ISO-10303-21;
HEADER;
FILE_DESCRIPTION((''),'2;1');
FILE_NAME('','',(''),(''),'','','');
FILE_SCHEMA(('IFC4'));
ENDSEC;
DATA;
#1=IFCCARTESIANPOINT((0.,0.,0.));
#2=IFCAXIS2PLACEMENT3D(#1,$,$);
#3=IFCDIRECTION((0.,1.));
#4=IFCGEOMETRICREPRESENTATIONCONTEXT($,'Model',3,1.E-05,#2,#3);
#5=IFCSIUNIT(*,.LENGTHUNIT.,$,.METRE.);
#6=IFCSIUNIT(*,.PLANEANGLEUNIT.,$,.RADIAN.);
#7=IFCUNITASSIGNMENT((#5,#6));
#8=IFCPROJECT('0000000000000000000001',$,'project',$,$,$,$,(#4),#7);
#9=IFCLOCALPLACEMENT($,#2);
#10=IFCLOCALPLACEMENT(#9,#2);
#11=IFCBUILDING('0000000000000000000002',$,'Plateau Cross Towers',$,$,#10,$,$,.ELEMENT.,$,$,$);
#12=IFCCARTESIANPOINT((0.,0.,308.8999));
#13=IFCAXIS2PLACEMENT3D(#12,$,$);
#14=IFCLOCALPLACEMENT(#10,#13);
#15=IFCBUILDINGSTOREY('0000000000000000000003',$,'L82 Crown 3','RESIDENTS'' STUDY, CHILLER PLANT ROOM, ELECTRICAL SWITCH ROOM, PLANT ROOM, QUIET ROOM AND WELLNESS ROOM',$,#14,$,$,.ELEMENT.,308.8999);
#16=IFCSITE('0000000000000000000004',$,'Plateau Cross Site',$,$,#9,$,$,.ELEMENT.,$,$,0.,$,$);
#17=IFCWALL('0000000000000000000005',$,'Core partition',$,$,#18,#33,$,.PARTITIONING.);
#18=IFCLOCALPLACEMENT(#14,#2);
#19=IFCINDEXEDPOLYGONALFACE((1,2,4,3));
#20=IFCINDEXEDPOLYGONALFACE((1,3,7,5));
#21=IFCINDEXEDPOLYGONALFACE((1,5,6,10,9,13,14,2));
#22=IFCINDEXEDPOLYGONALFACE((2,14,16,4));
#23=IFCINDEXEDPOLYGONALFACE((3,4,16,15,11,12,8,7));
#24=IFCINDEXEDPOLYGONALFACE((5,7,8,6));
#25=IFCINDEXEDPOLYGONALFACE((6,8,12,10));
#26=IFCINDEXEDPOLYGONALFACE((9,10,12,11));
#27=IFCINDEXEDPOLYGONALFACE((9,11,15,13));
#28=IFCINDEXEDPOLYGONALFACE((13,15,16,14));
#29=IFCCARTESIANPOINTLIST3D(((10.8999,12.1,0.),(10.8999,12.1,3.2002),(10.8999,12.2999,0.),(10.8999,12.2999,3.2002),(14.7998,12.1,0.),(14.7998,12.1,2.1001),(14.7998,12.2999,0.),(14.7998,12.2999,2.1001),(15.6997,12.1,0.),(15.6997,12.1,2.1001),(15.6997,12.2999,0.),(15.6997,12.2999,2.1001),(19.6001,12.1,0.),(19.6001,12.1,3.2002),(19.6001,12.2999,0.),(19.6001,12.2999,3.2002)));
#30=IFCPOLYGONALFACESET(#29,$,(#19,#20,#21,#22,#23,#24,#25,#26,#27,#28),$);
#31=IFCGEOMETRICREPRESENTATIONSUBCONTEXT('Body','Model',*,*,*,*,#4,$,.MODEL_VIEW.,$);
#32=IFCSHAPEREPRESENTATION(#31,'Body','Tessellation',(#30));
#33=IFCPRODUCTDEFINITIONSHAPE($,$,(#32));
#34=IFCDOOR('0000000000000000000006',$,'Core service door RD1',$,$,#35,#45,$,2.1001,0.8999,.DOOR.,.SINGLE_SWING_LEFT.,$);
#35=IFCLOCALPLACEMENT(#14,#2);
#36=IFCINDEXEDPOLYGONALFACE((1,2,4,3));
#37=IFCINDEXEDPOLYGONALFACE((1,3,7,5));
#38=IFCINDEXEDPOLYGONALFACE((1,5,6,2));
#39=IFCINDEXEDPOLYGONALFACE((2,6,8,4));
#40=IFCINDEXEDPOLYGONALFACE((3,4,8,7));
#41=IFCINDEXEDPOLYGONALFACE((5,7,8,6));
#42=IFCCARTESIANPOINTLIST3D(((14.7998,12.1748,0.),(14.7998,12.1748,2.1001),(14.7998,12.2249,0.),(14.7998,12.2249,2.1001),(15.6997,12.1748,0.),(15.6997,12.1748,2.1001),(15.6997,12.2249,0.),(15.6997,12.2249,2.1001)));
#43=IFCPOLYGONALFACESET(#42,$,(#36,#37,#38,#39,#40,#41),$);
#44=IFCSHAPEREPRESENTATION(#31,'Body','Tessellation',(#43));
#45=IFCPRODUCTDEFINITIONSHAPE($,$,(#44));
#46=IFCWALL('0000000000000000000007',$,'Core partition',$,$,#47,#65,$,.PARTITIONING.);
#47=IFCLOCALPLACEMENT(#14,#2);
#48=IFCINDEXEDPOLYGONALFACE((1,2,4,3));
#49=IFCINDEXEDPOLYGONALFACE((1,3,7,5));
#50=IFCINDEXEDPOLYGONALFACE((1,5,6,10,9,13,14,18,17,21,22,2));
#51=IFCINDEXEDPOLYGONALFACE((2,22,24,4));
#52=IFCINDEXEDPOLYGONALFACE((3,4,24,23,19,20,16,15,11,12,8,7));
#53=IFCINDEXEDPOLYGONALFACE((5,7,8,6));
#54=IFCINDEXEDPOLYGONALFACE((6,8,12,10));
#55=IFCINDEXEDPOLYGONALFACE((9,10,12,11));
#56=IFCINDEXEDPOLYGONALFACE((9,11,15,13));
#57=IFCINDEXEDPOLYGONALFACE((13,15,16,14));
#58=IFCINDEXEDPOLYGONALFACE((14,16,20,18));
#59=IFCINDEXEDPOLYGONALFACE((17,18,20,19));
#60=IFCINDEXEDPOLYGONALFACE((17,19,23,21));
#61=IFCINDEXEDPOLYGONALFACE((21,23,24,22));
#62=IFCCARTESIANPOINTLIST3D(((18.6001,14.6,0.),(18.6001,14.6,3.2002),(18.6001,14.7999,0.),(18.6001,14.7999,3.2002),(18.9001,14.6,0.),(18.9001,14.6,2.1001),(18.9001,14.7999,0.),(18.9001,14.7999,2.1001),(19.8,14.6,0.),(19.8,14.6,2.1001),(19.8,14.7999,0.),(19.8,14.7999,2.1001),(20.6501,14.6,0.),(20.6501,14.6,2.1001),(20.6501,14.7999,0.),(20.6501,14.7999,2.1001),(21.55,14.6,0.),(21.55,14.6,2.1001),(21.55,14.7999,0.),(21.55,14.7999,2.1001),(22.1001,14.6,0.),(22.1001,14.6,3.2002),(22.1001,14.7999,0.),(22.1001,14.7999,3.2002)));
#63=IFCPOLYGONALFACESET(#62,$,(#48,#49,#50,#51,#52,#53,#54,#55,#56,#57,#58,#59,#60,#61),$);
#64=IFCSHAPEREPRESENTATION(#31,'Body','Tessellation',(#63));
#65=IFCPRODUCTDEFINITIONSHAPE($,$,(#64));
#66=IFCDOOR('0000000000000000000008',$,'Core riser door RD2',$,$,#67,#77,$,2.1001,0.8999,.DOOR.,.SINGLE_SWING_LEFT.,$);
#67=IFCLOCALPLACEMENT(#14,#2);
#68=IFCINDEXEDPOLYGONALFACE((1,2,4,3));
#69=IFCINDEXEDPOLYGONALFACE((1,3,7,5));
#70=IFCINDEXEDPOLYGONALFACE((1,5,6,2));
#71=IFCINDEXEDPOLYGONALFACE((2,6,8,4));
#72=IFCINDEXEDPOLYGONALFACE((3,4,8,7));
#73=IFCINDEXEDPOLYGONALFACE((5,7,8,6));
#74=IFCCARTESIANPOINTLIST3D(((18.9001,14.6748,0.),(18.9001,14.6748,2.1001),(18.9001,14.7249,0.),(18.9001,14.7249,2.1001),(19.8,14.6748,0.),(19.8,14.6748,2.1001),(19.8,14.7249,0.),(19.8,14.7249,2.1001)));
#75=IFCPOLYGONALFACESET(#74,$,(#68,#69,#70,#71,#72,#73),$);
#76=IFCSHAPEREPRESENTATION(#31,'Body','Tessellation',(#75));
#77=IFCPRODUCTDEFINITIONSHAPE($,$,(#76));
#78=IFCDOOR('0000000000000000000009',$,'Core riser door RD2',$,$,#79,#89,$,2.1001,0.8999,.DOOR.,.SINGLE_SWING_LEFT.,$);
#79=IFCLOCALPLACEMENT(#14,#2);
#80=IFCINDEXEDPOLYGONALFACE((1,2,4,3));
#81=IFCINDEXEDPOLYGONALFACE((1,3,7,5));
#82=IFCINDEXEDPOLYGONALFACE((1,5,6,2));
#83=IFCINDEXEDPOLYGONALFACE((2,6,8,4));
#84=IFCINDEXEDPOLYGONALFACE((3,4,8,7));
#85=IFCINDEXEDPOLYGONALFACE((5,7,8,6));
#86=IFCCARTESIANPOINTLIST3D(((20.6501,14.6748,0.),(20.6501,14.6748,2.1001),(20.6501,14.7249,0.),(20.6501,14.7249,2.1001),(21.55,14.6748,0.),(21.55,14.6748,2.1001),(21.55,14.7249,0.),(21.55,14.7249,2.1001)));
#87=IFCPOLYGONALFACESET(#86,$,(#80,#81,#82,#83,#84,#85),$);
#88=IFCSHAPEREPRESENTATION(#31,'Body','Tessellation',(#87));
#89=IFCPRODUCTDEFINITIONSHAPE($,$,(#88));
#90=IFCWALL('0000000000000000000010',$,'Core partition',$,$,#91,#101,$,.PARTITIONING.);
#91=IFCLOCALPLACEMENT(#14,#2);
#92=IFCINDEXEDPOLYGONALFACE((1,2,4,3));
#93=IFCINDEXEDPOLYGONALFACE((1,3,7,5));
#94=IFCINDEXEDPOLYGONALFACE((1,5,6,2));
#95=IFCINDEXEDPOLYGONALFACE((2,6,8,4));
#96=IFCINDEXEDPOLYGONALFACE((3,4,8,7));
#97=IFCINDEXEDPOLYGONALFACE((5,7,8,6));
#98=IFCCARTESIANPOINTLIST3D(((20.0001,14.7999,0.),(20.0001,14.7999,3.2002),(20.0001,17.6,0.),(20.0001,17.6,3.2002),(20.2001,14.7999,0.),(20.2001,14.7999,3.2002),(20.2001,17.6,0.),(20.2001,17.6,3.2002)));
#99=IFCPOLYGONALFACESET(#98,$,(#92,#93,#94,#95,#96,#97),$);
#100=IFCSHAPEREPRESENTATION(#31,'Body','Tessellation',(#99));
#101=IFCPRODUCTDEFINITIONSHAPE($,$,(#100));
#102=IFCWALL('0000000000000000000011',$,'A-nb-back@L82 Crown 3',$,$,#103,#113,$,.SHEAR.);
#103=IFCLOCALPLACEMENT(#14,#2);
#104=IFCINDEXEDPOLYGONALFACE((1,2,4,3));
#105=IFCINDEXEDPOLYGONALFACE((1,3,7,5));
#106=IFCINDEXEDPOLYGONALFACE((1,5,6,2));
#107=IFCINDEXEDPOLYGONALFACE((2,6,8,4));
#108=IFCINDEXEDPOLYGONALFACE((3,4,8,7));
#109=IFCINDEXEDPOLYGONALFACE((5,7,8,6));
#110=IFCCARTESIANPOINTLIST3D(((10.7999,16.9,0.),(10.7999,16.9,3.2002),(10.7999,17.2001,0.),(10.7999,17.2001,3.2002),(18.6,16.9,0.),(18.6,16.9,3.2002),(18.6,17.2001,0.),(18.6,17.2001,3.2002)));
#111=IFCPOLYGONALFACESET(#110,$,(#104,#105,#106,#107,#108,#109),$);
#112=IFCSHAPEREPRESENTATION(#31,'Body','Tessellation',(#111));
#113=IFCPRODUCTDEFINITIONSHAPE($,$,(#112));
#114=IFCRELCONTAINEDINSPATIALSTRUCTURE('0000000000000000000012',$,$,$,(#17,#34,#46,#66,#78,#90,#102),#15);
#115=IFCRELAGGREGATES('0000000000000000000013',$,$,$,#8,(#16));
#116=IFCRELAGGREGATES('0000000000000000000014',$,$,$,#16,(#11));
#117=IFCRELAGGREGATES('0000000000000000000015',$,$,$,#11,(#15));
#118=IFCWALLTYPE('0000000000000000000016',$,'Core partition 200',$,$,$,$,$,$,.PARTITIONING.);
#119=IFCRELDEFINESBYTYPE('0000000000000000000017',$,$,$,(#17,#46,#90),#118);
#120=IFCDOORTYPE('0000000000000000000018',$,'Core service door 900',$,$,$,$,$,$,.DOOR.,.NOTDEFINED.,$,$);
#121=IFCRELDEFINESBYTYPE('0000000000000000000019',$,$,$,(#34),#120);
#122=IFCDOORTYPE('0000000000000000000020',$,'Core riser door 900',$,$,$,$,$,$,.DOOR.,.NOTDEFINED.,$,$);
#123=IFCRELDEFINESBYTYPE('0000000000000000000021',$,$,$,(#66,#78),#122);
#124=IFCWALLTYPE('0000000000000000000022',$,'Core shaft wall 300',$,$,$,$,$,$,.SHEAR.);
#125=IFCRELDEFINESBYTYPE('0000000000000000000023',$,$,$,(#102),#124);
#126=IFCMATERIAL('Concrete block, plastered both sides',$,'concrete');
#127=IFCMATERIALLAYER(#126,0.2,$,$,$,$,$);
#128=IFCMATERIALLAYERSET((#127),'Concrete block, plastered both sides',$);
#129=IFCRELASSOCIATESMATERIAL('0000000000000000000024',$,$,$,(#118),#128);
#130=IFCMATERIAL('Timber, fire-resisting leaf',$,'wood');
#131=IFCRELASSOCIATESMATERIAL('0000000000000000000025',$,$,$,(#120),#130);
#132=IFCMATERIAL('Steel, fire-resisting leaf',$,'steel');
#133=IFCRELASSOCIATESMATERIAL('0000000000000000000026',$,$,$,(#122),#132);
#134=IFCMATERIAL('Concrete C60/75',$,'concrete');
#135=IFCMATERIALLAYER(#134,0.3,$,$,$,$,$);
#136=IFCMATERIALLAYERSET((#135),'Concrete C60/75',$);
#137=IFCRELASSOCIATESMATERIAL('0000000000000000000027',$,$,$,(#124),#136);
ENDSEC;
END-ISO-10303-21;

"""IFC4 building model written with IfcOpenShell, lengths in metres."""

from ifc_helpers import new_model, si_unit, direction, frame, frame_2d, origin, place, context, subcontext, project, spatial, rectangle, extrude, material, layer, layer_set, type_object, element, fill, save


model = new_model("IFC4")

# Units and contexts
model_context = context("Model", 3, precision=1e-05, world=origin(), true_north=direction((0.0, 1.0)))
body_context = subcontext(model_context, "Body", "Model", "MODEL_VIEW")
ifc_project = project(units=[si_unit("LENGTHUNIT", "METRE"), si_unit("PLANEANGLEUNIT", "RADIAN")], contexts=[model_context])

# Site, building, storey
site_placement = place(None, origin())
site = spatial("IfcSite", under=ifc_project, at=site_placement, Name="Plateau Cross Site", CompositionType="ELEMENT", RefElevation=0.0)
building_placement = place(site_placement, origin())
building = spatial("IfcBuilding", under=site, at=building_placement, Name="Plateau Cross Towers", CompositionType="ELEMENT")
storey_placement = place(building_placement, frame((0.0, 0.0, 308.8999)))
storey = spatial("IfcBuildingStorey", under=building, at=storey_placement, Name="L82 Crown 3", Description="RESIDENTS' STUDY, CHILLER PLANT ROOM, ELECTRICAL SWITCH ROOM, PLANT ROOM, QUIET ROOM AND WELLNESS ROOM", CompositionType="ELEMENT", Elevation=308.8999)

# Shared definitions
ifc_material_1 = material(Name="Concrete C60/75", Category="concrete")

# Wall, opening, door
ifc_material_2 = material(Name="Concrete block, plastered both sides", Category="concrete")
ifc_layer_1 = layer(ifc_material_2, 0.2)
ifc_layer_set_1 = layer_set([ifc_layer_1], Name="Concrete block, plastered both sides")
wall_type_1 = type_object("IfcWallType", Name="Core partition 200", PredefinedType="PARTITIONING", material=ifc_layer_set_1)
wall_1_placement = place(storey_placement, frame((10.8999, 12.2, 0.0), z_axis=(0.0, 0.0, 1.0), x_axis=(1.0, 0.0, 0.0)))
wall_1 = element("IfcWall", 1, at=wall_1_placement, inside=storey, type_object=wall_type_1, Name="Core partition", PredefinedType="PARTITIONING", context=body_context, shape_type="SweptSolid", body=[
    extrude(rectangle(XDim=8.7002, YDim=0.2, at=frame_2d((4.3501, 0.0))), origin(), (0.0, 0.0, 1.0), 3.2002),
])
opening_1_placement = place(wall_1_placement, frame((3.8999, 0.0, 0.0)))
opening_1 = element("IfcOpeningElement", 2, at=opening_1_placement, cuts=wall_1, PredefinedType="OPENING", context=body_context, shape_type="SweptSolid", body=[
    extrude(rectangle(XDim=0.8999, YDim=2.1001, at=frame_2d((0.45, 1.05))), frame((0.0, 0.1099, 0.0), z_axis=(0.0, -1.0, 0.0), x_axis=(1.0, 0.0, 0.0)), (0.0, 0.0, 1.0), 0.22),
])
ifc_material_3 = material(Name="Timber, fire-resisting leaf", Category="wood")
door_type_1 = type_object("IfcDoorType", Name="Core service door 900", OperationType="NOTDEFINED", PredefinedType="DOOR", material=ifc_material_3)
door_1_placement = place(opening_1_placement, origin())
door_1 = element("IfcDoor", 3, at=door_1_placement, inside=storey, type_object=door_type_1, Name="Core service door RD1", OperationType="SINGLE_SWING_LEFT", OverallHeight=2.1001, OverallWidth=0.8999, PredefinedType="DOOR", context=body_context, shape_type="SweptSolid", body=[
    extrude(rectangle(XDim=0.8999, YDim=2.1001, at=frame_2d((0.45, 1.05))), frame((0.0, 0.0249, 0.0), z_axis=(0.0, -1.0, 0.0), x_axis=(1.0, 0.0, 0.0)), (0.0, 0.0, 1.0), 0.05),
])
fill(opening_1, door_1)

# Wall, openings, doors
wall_2_placement = place(storey_placement, frame((18.6001, 14.7, 0.0), z_axis=(0.0, 0.0, 1.0), x_axis=(1.0, 0.0, 0.0)))
wall_2 = element("IfcWall", 4, at=wall_2_placement, inside=storey, type_object=wall_type_1, Name="Core partition", PredefinedType="PARTITIONING", context=body_context, shape_type="SweptSolid", body=[
    extrude(rectangle(XDim=3.5, YDim=0.2, at=frame_2d((1.75, 0.0))), origin(), (0.0, 0.0, 1.0), 3.2002),
])
opening_2_placement = place(wall_2_placement, frame((0.3, 0.0, 0.0)))
opening_2 = element("IfcOpeningElement", 5, at=opening_2_placement, cuts=wall_2, PredefinedType="OPENING", context=body_context, shape_type="SweptSolid", body=[
    extrude(rectangle(XDim=0.8999, YDim=2.1001, at=frame_2d((0.45, 1.05))), frame((0.0, 0.1099, 0.0), z_axis=(0.0, -1.0, 0.0), x_axis=(1.0, 0.0, 0.0)), (0.0, 0.0, 1.0), 0.22),
])
opening_3_placement = place(wall_2_placement, frame((2.05, 0.0, 0.0)))
opening_3 = element("IfcOpeningElement", 6, at=opening_3_placement, cuts=wall_2, PredefinedType="OPENING", context=body_context, shape_type="SweptSolid", body=[
    extrude(rectangle(XDim=0.8999, YDim=2.1001, at=frame_2d((0.45, 1.05))), frame((0.0, 0.1099, 0.0), z_axis=(0.0, -1.0, 0.0), x_axis=(1.0, 0.0, 0.0)), (0.0, 0.0, 1.0), 0.22),
])
ifc_material_4 = material(Name="Steel, fire-resisting leaf", Category="steel")
door_type_2 = type_object("IfcDoorType", Name="Core riser door 900", OperationType="NOTDEFINED", PredefinedType="DOOR", material=ifc_material_4)
door_2_placement = place(opening_2_placement, origin())
door_2 = element("IfcDoor", 7, at=door_2_placement, inside=storey, type_object=door_type_2, Name="Core riser door RD2", OperationType="SINGLE_SWING_LEFT", OverallHeight=2.1001, OverallWidth=0.8999, PredefinedType="DOOR", context=body_context, shape_type="SweptSolid", body=[
    extrude(rectangle(XDim=0.8999, YDim=2.1001, at=frame_2d((0.45, 1.05))), frame((0.0, 0.0249, 0.0), z_axis=(0.0, -1.0, 0.0), x_axis=(1.0, 0.0, 0.0)), (0.0, 0.0, 1.0), 0.05),
])
fill(opening_2, door_2)
door_3_placement = place(opening_3_placement, origin())
door_3 = element("IfcDoor", 8, at=door_3_placement, inside=storey, type_object=door_type_2, Name="Core riser door RD2", OperationType="SINGLE_SWING_LEFT", OverallHeight=2.1001, OverallWidth=0.8999, PredefinedType="DOOR", context=body_context, shape_type="SweptSolid", body=[
    extrude(rectangle(XDim=0.8999, YDim=2.1001, at=frame_2d((0.45, 1.05))), frame((0.0, 0.0249, 0.0), z_axis=(0.0, -1.0, 0.0), x_axis=(1.0, 0.0, 0.0)), (0.0, 0.0, 1.0), 0.05),
])
fill(opening_3, door_3)

# Walls
wall_3_placement = place(storey_placement, frame((20.1001, 14.8, 0.0), z_axis=(0.0, 0.0, 1.0), x_axis=(0.0, 1.0, 0.0)))
element("IfcWall", 9, at=wall_3_placement, inside=storey, type_object=wall_type_1, Name="Core partition", PredefinedType="PARTITIONING", context=body_context, shape_type="SweptSolid", body=[
    extrude(rectangle(XDim=2.8, YDim=0.2, at=frame_2d((1.3999, 0.0))), origin(), (0.0, 0.0, 1.0), 3.2002),
])
ifc_layer_2 = layer(ifc_material_1, 0.3)
ifc_layer_set_2 = layer_set([ifc_layer_2], Name="Concrete C60/75")
wall_type_2 = type_object("IfcWallType", Name="Core shaft wall 300", PredefinedType="SHEAR", material=ifc_layer_set_2)
wall_4_placement = place(storey_placement, frame((10.8, 17.05, 0.0), z_axis=(0.0, 0.0, 1.0), x_axis=(1.0, 0.0, 0.0)))
element("IfcWall", 10, at=wall_4_placement, inside=storey, type_object=wall_type_2, Name="A-nb-back@L82 Crown 3", PredefinedType="SHEAR", context=body_context, shape_type="SweptSolid", body=[
    extrude(rectangle(XDim=7.8, YDim=0.3, at=frame_2d((3.8999, 0.0))), origin(), (0.0, 0.0, 1.0), 3.2002),
])

save(model, "model.ifc")
